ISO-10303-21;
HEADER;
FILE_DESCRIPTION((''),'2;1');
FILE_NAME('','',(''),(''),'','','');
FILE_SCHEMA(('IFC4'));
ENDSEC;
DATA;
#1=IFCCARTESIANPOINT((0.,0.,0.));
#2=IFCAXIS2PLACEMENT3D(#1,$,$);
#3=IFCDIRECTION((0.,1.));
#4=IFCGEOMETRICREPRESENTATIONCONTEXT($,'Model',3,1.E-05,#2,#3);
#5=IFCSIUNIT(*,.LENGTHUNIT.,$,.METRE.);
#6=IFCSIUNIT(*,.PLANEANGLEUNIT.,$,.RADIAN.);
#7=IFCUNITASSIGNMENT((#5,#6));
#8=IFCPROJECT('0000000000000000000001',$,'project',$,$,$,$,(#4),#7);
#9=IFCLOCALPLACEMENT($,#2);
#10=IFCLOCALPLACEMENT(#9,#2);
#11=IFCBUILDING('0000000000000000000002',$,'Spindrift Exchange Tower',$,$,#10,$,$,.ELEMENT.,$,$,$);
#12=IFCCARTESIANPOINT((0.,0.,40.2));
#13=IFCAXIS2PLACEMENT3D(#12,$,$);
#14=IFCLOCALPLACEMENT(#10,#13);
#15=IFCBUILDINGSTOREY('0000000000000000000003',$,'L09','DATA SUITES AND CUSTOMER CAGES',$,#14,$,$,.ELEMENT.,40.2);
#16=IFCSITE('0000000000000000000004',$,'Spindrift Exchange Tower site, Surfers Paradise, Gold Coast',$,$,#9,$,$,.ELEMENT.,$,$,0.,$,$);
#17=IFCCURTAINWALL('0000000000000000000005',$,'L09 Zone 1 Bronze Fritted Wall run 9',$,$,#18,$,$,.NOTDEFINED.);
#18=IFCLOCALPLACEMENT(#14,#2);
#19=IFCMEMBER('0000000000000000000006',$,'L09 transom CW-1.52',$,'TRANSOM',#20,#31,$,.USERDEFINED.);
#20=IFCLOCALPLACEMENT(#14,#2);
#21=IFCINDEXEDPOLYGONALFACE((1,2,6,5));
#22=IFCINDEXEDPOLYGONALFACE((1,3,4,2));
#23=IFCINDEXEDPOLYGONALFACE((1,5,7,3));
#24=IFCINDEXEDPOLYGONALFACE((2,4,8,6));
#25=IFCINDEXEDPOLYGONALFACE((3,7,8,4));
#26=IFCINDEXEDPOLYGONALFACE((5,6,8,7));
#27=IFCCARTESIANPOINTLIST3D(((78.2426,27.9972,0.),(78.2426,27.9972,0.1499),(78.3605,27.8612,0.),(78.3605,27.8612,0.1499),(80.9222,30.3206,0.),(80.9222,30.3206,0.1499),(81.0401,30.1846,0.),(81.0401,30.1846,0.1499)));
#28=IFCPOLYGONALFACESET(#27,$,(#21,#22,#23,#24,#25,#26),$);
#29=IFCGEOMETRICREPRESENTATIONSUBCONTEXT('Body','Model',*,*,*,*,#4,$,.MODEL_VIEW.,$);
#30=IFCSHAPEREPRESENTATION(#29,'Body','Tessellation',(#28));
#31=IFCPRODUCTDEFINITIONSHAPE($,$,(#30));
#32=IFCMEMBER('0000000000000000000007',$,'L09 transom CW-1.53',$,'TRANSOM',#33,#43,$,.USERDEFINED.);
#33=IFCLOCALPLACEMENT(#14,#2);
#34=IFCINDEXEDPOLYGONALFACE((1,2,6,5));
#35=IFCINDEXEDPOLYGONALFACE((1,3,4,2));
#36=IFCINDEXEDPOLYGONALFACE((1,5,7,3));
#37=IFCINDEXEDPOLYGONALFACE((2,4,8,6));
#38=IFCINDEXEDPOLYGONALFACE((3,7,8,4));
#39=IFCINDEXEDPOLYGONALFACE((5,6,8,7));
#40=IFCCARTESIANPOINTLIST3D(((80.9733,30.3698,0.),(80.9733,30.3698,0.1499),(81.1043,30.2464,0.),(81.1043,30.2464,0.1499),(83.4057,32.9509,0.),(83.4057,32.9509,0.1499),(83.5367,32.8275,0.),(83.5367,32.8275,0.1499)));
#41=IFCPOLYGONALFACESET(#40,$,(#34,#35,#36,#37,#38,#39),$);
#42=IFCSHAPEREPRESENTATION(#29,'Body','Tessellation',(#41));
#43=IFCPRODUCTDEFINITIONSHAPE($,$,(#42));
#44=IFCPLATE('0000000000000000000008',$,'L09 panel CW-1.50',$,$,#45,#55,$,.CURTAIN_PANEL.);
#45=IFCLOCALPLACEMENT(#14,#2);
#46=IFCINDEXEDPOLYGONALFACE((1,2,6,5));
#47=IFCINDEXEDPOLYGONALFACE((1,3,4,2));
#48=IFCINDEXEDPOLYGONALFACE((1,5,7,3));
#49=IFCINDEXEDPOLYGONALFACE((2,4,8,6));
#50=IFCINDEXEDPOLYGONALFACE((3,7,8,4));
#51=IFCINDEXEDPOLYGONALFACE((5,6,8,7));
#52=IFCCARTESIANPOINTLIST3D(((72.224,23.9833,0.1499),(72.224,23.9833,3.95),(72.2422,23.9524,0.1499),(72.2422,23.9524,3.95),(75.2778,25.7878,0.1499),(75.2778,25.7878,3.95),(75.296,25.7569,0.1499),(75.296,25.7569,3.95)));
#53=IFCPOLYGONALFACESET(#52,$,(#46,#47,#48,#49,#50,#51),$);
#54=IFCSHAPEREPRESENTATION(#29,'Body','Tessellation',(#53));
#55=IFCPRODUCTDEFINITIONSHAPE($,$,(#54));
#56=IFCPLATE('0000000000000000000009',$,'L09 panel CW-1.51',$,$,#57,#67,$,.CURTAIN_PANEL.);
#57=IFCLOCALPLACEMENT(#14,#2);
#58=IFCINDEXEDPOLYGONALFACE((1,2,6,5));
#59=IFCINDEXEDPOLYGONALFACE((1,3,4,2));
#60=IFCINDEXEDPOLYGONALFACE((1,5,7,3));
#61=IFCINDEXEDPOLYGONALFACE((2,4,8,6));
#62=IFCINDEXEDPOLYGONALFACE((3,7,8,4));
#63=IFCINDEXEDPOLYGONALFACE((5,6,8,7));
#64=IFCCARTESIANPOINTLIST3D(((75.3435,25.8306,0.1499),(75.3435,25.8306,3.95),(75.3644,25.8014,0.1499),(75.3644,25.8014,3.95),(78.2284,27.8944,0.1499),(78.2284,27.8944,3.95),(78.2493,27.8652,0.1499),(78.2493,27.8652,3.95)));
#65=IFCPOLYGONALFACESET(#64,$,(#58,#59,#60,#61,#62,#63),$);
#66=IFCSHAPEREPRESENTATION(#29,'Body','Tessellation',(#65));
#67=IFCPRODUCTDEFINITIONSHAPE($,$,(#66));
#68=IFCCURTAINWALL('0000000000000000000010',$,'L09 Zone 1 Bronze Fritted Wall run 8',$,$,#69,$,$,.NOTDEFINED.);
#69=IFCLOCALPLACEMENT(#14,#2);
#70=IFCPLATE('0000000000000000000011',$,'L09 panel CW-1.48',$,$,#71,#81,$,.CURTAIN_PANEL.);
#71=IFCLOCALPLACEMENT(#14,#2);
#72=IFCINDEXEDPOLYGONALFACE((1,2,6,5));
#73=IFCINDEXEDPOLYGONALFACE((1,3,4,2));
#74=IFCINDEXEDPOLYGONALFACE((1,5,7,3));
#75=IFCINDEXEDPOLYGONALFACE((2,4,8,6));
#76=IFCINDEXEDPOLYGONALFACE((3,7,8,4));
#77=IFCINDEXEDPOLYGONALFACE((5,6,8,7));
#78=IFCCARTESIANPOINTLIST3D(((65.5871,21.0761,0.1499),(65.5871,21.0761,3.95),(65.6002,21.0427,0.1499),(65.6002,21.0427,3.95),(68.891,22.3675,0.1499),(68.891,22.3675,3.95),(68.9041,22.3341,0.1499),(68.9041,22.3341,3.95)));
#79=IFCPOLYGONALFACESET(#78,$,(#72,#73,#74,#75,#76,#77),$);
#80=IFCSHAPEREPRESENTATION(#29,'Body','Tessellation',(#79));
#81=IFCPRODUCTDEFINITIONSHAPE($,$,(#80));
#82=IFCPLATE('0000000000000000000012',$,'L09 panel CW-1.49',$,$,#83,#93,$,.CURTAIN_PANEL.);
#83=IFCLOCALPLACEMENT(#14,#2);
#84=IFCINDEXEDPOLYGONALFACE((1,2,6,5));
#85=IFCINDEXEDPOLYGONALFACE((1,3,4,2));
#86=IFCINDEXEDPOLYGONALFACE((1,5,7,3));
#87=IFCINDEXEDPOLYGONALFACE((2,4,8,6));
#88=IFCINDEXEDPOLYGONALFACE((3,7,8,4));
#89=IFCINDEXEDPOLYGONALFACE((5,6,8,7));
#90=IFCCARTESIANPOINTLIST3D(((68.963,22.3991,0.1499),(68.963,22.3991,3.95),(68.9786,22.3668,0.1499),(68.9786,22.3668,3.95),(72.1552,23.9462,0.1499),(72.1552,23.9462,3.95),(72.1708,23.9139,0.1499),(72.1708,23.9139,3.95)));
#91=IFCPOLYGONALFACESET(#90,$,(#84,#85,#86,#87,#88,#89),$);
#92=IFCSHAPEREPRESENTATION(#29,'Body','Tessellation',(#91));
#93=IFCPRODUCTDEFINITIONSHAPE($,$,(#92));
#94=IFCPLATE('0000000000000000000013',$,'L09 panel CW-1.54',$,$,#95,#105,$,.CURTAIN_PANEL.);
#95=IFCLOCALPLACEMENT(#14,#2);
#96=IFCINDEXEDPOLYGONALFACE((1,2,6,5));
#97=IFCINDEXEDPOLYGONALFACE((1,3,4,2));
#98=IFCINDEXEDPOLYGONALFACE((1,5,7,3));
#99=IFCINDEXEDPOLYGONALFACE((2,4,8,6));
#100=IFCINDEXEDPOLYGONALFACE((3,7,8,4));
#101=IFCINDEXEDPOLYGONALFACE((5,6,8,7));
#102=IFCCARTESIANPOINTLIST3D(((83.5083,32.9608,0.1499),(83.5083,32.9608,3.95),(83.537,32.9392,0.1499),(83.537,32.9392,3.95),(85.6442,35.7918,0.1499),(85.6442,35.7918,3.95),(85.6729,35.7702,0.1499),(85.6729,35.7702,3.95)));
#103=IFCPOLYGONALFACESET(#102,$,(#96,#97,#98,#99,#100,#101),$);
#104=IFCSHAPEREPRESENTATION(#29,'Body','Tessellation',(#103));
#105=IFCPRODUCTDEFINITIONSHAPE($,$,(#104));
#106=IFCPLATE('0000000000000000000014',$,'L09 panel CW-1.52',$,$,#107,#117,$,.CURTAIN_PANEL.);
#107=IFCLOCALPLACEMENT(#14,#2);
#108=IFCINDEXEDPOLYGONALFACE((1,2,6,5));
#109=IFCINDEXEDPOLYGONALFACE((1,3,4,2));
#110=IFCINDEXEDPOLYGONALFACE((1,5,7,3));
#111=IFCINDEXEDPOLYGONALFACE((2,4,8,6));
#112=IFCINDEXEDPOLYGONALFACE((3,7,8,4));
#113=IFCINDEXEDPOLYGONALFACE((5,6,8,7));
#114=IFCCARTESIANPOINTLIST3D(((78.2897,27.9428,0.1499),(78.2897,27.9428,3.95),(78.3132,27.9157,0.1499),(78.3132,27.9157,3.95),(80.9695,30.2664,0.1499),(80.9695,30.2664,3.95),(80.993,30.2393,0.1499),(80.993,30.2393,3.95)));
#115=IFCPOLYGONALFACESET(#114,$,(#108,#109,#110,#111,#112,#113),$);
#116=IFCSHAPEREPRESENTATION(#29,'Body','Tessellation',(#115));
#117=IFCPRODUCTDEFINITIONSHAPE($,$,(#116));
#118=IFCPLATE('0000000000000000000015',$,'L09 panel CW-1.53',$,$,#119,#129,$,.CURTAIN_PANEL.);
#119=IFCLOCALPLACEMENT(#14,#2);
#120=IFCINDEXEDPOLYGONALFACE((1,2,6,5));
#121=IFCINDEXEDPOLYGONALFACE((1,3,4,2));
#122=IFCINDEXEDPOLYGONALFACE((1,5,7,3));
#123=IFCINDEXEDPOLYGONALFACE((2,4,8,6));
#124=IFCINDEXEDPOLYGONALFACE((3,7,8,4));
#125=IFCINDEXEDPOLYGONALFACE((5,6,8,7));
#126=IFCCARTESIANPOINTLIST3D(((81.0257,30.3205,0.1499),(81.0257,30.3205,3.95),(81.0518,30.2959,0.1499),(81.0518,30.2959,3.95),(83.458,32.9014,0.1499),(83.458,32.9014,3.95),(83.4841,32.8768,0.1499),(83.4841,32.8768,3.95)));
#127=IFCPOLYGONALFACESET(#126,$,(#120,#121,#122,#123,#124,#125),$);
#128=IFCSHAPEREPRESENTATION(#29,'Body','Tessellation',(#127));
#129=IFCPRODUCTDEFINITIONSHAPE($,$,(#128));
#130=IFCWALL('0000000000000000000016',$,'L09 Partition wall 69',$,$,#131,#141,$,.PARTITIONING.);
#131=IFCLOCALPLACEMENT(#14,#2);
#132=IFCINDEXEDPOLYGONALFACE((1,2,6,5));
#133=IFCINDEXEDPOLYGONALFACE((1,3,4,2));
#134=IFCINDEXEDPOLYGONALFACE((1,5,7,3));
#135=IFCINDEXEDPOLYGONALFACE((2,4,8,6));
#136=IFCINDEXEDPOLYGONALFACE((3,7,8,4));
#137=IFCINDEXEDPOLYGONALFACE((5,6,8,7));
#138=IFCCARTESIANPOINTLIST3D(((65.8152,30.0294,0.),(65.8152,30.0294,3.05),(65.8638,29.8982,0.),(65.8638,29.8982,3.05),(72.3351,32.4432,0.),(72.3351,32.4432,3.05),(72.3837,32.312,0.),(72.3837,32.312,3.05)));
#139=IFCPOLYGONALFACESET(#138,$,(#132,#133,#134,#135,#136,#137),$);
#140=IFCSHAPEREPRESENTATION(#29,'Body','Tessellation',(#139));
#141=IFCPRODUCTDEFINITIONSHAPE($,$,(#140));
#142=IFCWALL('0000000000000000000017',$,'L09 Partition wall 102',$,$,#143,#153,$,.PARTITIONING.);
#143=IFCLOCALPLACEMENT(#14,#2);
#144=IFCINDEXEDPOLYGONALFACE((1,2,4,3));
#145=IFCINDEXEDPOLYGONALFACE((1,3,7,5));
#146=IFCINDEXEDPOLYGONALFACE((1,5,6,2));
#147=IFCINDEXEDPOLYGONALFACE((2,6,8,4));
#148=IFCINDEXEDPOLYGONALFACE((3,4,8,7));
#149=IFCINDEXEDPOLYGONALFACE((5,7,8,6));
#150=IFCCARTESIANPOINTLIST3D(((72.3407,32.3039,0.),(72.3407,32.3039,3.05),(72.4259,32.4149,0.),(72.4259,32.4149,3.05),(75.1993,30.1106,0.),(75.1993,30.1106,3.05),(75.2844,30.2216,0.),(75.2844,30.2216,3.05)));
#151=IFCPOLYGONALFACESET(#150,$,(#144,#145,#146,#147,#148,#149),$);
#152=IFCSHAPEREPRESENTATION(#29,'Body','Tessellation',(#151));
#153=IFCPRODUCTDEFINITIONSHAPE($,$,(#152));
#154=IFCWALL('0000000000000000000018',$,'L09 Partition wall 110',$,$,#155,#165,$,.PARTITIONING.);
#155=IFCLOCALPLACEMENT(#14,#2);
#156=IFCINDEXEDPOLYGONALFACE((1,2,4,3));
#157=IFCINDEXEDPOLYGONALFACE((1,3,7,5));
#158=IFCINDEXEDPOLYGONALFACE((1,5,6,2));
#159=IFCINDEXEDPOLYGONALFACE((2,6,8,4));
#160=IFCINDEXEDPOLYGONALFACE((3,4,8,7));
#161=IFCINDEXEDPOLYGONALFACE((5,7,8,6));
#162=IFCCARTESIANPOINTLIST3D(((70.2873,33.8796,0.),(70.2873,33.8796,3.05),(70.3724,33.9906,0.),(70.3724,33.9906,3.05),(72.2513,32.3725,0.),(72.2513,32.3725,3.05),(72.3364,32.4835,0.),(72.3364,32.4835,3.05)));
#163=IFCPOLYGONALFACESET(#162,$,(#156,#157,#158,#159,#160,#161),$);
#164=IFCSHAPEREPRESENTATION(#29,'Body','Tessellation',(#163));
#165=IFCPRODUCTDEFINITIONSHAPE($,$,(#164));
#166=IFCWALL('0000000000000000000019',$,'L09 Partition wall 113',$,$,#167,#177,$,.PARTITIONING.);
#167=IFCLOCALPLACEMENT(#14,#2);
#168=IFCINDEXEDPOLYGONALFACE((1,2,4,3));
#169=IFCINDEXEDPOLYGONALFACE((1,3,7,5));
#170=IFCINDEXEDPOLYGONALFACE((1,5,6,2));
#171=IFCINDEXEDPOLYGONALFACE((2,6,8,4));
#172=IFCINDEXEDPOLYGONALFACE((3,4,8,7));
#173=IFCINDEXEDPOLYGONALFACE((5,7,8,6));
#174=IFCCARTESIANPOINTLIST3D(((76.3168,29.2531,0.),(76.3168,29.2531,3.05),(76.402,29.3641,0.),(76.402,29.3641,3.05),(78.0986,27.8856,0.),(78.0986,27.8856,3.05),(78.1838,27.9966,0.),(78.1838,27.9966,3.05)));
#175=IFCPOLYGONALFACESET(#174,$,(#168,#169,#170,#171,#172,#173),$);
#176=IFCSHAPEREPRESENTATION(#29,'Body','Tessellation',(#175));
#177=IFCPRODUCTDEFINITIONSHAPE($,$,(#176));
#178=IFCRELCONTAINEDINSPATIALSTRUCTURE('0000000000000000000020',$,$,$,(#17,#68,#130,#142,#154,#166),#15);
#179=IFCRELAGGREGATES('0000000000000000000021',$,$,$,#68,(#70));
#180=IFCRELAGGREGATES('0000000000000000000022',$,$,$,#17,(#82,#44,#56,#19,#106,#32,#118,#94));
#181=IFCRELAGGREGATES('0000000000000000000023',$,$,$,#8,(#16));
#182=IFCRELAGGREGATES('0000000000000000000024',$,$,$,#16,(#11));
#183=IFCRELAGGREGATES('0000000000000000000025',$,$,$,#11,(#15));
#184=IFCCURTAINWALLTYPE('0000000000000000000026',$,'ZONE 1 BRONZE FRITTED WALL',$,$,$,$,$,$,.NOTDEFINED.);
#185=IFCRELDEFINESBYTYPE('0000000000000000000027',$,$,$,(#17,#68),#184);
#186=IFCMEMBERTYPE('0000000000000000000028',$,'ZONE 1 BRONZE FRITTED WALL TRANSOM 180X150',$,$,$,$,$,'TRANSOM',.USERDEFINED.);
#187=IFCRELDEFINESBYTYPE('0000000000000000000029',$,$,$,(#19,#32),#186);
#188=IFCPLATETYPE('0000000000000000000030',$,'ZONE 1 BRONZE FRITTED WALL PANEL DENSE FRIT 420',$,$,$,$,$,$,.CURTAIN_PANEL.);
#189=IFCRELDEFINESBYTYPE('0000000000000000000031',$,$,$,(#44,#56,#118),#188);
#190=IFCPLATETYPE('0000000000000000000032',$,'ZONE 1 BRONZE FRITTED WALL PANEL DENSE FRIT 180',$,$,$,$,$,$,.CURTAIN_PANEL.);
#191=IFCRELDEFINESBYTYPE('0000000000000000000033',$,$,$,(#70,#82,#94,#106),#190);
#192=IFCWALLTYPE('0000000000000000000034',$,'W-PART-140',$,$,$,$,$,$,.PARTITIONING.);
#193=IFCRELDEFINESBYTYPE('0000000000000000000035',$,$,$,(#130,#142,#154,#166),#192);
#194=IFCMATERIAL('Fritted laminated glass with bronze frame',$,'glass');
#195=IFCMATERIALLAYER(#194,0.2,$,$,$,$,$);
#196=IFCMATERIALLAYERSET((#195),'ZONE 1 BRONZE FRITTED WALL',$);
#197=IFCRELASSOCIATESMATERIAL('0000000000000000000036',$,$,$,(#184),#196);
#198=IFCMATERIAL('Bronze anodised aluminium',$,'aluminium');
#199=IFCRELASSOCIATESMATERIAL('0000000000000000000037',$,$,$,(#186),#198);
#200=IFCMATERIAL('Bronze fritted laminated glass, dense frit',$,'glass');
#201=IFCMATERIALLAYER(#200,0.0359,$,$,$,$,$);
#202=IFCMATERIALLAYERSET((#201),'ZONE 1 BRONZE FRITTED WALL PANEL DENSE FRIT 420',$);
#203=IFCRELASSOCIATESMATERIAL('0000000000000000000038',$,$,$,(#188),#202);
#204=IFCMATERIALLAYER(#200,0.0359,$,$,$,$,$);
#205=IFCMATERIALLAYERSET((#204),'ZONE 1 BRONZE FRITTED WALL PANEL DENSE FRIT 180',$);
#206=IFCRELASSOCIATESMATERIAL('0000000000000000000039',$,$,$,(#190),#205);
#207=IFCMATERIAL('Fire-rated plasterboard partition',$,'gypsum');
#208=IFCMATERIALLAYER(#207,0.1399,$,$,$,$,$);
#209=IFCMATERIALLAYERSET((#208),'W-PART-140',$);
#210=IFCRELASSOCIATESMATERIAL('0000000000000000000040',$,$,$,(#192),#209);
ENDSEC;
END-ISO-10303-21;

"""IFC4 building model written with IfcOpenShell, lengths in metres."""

from ifc_helpers import new_model, si_unit, direction, frame, frame_2d, origin, origin_2d, place, context, subcontext, project, spatial, rectangle, extrude, source, transform, mapped, material, layer, layer_set, material_profile, profile_set, type_object, element, aggregate, save


model = new_model("IFC4")

# Units and contexts
model_context = context("Model", 3, precision=1e-05, world=origin(), true_north=direction((0.0, 1.0)))
body_context = subcontext(model_context, "Body", "Model", "MODEL_VIEW")
ifc_project = project(units=[si_unit("LENGTHUNIT", "METRE"), si_unit("PLANEANGLEUNIT", "RADIAN")], contexts=[model_context])

# Site, building, storey
site_placement = place(None, origin())
site = spatial("IfcSite", under=ifc_project, at=site_placement, Name="Spindrift Exchange Tower site, Surfers Paradise, Gold Coast", CompositionType="ELEMENT", RefElevation=0.0)
building_placement = place(site_placement, origin())
building = spatial("IfcBuilding", under=site, at=building_placement, Name="Spindrift Exchange Tower", CompositionType="ELEMENT")
storey_placement = place(building_placement, frame((0.0, 0.0, 40.2)))
storey = spatial("IfcBuildingStorey", under=building, at=storey_placement, Name="L09", Description="DATA SUITES AND CUSTOMER CAGES", CompositionType="ELEMENT", Elevation=40.2)

# Curtain wall, members, plates
ifc_material_1 = material(Name="Fritted laminated glass with bronze frame", Category="glass")
ifc_layer_1 = layer(ifc_material_1, 0.2)
ifc_layer_set_1 = layer_set([ifc_layer_1], Name="ZONE 1 BRONZE FRITTED WALL")
curtain_wall_type = type_object("IfcCurtainWallType", Name="ZONE 1 BRONZE FRITTED WALL", PredefinedType="NOTDEFINED", material=ifc_layer_set_1)
curtain_wall_1_placement = place(storey_placement, origin())
curtain_wall_1 = element("IfcCurtainWall", 1, at=curtain_wall_1_placement, inside=storey, type_object=curtain_wall_type, Name="L09 Zone 1 Bronze Fritted Wall run 9", PredefinedType="NOTDEFINED")
ifc_material_2 = material(Name="Bronze anodised aluminium", Category="aluminium")
ifc_material_profile_1 = material_profile(ifc_material_2, rectangle(XDim=0.1799, YDim=0.1499, at=origin_2d()), Name="ZONE 1 BRONZE FRITTED WALL TRANSOM 180X150")
ifc_profile_set_1 = profile_set([ifc_material_profile_1], Name="Bronze anodised aluminium")
member_type_1 = type_object("IfcMemberType", Name="ZONE 1 BRONZE FRITTED WALL TRANSOM 180X150", ElementType="TRANSOM", PredefinedType="USERDEFINED", material=ifc_profile_set_1)
shared_shape_1 = source(origin(), body_context, "Body", "SweptSolid", [
    extrude(rectangle(XDim=0.1799, YDim=0.1499, at=origin_2d()), origin(), (0.0, 0.0, 1.0), 3.5466),
])
member_1_placement = place(storey_placement, frame((78.3015, 27.9292, 0.075), z_axis=(0.755537, 0.655106, 0.0), x_axis=(-0.655106, 0.755537, 0.0)))
member_1 = element("IfcMember", 2, at=member_1_placement, type_object=member_type_1, Name="L09 transom CW-1.52", ObjectType="TRANSOM", PredefinedType="USERDEFINED", context=body_context, shape_type="MappedRepresentation", body=[
    mapped(shared_shape_1, transform((0.0, 0.0, 0.0), scale=1.0)),
])
member_2_placement = place(storey_placement, frame((81.0388, 30.3081, 0.075), z_axis=(0.685835, 0.727757, 0.0), x_axis=(-0.727757, 0.685835, 0.0)))
member_2 = element("IfcMember", 3, at=member_2_placement, type_object=member_type_1, Name="L09 transom CW-1.53", ObjectType="TRANSOM", PredefinedType="USERDEFINED", context=body_context, shape_type="MappedRepresentation", body=[
    mapped(shared_shape_1, transform((0.0, 0.0, 0.0), scale=1.0)),
])
ifc_material_3 = material(Name="Bronze fritted laminated glass, dense frit", Category="glass")
ifc_layer_2 = layer(ifc_material_3, 0.0359)
ifc_layer_set_2 = layer_set([ifc_layer_2], Name="ZONE 1 BRONZE FRITTED WALL PANEL DENSE FRIT 420")
plate_type_1 = type_object("IfcPlateType", Name="ZONE 1 BRONZE FRITTED WALL PANEL DENSE FRIT 420", PredefinedType="CURTAIN_PANEL", material=ifc_layer_set_2)
shared_shape_2 = source(origin(), body_context, "Body", "SweptSolid", [
    extrude(rectangle(XDim=3.5471, YDim=0.0359, at=origin_2d()), origin(), (0.0, 0.0, 1.0), 3.8),
])
plate_1_placement = place(storey_placement, frame((73.76, 24.8701, 0.1499), z_axis=(0.0, 0.0, 1.0), x_axis=(0.860923, 0.508735, 0.0)))
plate_1 = element("IfcPlate", 4, at=plate_1_placement, type_object=plate_type_1, Name="L09 panel CW-1.50", PredefinedType="CURTAIN_PANEL", context=body_context, shape_type="MappedRepresentation", body=[
    mapped(shared_shape_2, transform((0.0, 0.0, 0.0), scale=1.0)),
])
plate_2_placement = place(storey_placement, frame((76.7964, 26.8479, 0.1499), z_axis=(0.0, 0.0, 1.0), x_axis=(0.813299, 0.581846, 0.0)))
plate_2 = element("IfcPlate", 5, at=plate_2_placement, type_object=plate_type_1, Name="L09 panel CW-1.51", PredefinedType="CURTAIN_PANEL", context=body_context, shape_type="MappedRepresentation", body=[
    mapped(shared_shape_2, transform((0.0, 0.0, 0.0), scale=1.0)),
])

# Curtain wall, plate
curtain_wall_2_placement = place(storey_placement, origin())
curtain_wall_2 = element("IfcCurtainWall", 6, at=curtain_wall_2_placement, inside=storey, type_object=curtain_wall_type, Name="L09 Zone 1 Bronze Fritted Wall run 8", PredefinedType="NOTDEFINED")
ifc_layer_3 = layer(ifc_material_3, 0.0359)
ifc_layer_set_3 = layer_set([ifc_layer_3], Name="ZONE 1 BRONZE FRITTED WALL PANEL DENSE FRIT 180")
plate_type_2 = type_object("IfcPlateType", Name="ZONE 1 BRONZE FRITTED WALL PANEL DENSE FRIT 180", PredefinedType="CURTAIN_PANEL", material=ifc_layer_set_3)
shared_shape_3 = source(origin(), body_context, "Body", "SweptSolid", [
    extrude(rectangle(XDim=3.5474, YDim=0.0359, at=origin_2d()), origin(), (0.0, 0.0, 1.0), 3.8),
])
plate_3_placement = place(storey_placement, frame((67.2456, 21.7051, 0.1499), z_axis=(0.0, 0.0, 1.0), x_axis=(0.931382, 0.364045, 0.0)))
plate_3 = element("IfcPlate", 7, at=plate_3_placement, type_object=plate_type_2, Name="L09 panel CW-1.48", PredefinedType="CURTAIN_PANEL", context=body_context, shape_type="MappedRepresentation", body=[
    mapped(shared_shape_3, transform((0.0, 0.0, 0.0), scale=1.0)),
])
aggregate(curtain_wall_2, [plate_3])

# Plates
plate_4_placement = place(storey_placement, frame((70.5669, 23.1565, 0.1499), z_axis=(0.0, 0.0, 1.0), x_axis=(0.899878, 0.436141, 0.0)))
plate_4 = element("IfcPlate", 8, at=plate_4_placement, type_object=plate_type_2, Name="L09 panel CW-1.49", PredefinedType="CURTAIN_PANEL", context=body_context, shape_type="MappedRepresentation", body=[
    mapped(shared_shape_3, transform((0.0, 0.0, 0.0), scale=1.0)),
])
shared_shape_4 = source(origin(), body_context, "Body", "SweptSolid", [
    extrude(rectangle(XDim=3.5464, YDim=0.0359, at=origin_2d()), origin(), (0.0, 0.0, 1.0), 3.8),
])
plate_5_placement = place(storey_placement, frame((84.5906, 34.3655, 0.1499), z_axis=(0.0, 0.0, 1.0), x_axis=(0.602275, 0.798289, 0.0)))
plate_5 = element("IfcPlate", 9, at=plate_5_placement, type_object=plate_type_2, Name="L09 panel CW-1.54", PredefinedType="CURTAIN_PANEL", context=body_context, shape_type="MappedRepresentation", body=[
    mapped(shared_shape_4, transform((0.0, 0.0, 0.0), scale=1.0)),
])
shared_shape_5 = source(origin(), body_context, "Body", "SweptSolid", [
    extrude(rectangle(XDim=3.5469, YDim=0.0359, at=origin_2d()), origin(), (0.0, 0.0, 1.0), 3.8),
])
plate_6_placement = place(storey_placement, frame((79.6414, 29.0911, 0.1499), z_axis=(0.0, 0.0, 1.0), x_axis=(0.755519, 0.655127, 0.0)))
plate_6 = element("IfcPlate", 10, at=plate_6_placement, type_object=plate_type_2, Name="L09 panel CW-1.52", PredefinedType="CURTAIN_PANEL", context=body_context, shape_type="MappedRepresentation", body=[
    mapped(shared_shape_5, transform((0.0, 0.0, 0.0), scale=1.0)),
])
shared_shape_6 = source(origin(), body_context, "Body", "SweptSolid", [
    extrude(rectangle(XDim=3.5464, YDim=0.0359, at=origin_2d()), origin(), (0.0, 0.0, 1.0), 3.8),
])
plate_7_placement = place(storey_placement, frame((82.2549, 31.5986, 0.1499), z_axis=(0.0, 0.0, 1.0), x_axis=(0.68584, 0.727752, 0.0)))
plate_7 = element("IfcPlate", 11, at=plate_7_placement, type_object=plate_type_1, Name="L09 panel CW-1.53", PredefinedType="CURTAIN_PANEL", context=body_context, shape_type="MappedRepresentation", body=[
    mapped(shared_shape_6, transform((0.0, 0.0, 0.0), scale=1.0)),
])
aggregate(curtain_wall_1, [plate_4, plate_1, plate_2, member_1, plate_6, member_2, plate_7, plate_5])

# Walls
ifc_material_4 = material(Name="Fire-rated plasterboard partition", Category="gypsum")
ifc_layer_4 = layer(ifc_material_4, 0.1399)
ifc_layer_set_4 = layer_set([ifc_layer_4], Name="W-PART-140")
wall_type = type_object("IfcWallType", Name="W-PART-140", PredefinedType="PARTITIONING", material=ifc_layer_set_4)
wall_1_placement = place(storey_placement, frame((65.8396, 29.9639, 0.0), z_axis=(0.0, 0.0, 1.0), x_axis=(0.937796, 0.347187, 0.0)))
element("IfcWall", 12, at=wall_1_placement, inside=storey, type_object=wall_type, Name="L09 Partition wall 69", PredefinedType="PARTITIONING", context=body_context, shape_type="SweptSolid", body=[
    extrude(rectangle(XDim=6.9524, YDim=0.1399, at=frame_2d((3.4761, 0.0))), origin(), (0.0, 0.0, 1.0), 3.05),
])
wall_2_placement = place(storey_placement, frame((72.3833, 32.3594, 0.0), z_axis=(0.0, 0.0, 1.0), x_axis=(0.793374, -0.608734, 0.0)))
element("IfcWall", 13, at=wall_2_placement, inside=storey, type_object=wall_type, Name="L09 Partition wall 102", PredefinedType="PARTITIONING", context=body_context, shape_type="SweptSolid", body=[
    extrude(rectangle(XDim=3.603, YDim=0.1399, at=frame_2d((1.8015, 0.0))), origin(), (0.0, 0.0, 1.0), 3.05),
])
wall_3_placement = place(storey_placement, frame((70.3298, 33.9351, 0.0), z_axis=(0.0, 0.0, 1.0), x_axis=(0.79336, -0.608752, 0.0)))
element("IfcWall", 14, at=wall_3_placement, inside=storey, type_object=wall_type, Name="L09 Partition wall 110", PredefinedType="PARTITIONING", context=body_context, shape_type="SweptSolid", body=[
    extrude(rectangle(XDim=2.4756, YDim=0.1399, at=frame_2d((1.2378, 0.0))), origin(), (0.0, 0.0, 1.0), 3.05),
])
wall_4_placement = place(storey_placement, frame((76.3594, 29.3086, 0.0), z_axis=(0.0, 0.0, 1.0), x_axis=(0.793298, -0.608833, 0.0)))
element("IfcWall", 15, at=wall_4_placement, inside=storey, type_object=wall_type, Name="L09 Partition wall 113", PredefinedType="PARTITIONING", context=body_context, shape_type="SweptSolid", body=[
    extrude(rectangle(XDim=2.2461, YDim=0.1399, at=frame_2d((1.123, 0.0))), origin(), (0.0, 0.0, 1.0), 3.05),
])

save(model, "model.ifc")
